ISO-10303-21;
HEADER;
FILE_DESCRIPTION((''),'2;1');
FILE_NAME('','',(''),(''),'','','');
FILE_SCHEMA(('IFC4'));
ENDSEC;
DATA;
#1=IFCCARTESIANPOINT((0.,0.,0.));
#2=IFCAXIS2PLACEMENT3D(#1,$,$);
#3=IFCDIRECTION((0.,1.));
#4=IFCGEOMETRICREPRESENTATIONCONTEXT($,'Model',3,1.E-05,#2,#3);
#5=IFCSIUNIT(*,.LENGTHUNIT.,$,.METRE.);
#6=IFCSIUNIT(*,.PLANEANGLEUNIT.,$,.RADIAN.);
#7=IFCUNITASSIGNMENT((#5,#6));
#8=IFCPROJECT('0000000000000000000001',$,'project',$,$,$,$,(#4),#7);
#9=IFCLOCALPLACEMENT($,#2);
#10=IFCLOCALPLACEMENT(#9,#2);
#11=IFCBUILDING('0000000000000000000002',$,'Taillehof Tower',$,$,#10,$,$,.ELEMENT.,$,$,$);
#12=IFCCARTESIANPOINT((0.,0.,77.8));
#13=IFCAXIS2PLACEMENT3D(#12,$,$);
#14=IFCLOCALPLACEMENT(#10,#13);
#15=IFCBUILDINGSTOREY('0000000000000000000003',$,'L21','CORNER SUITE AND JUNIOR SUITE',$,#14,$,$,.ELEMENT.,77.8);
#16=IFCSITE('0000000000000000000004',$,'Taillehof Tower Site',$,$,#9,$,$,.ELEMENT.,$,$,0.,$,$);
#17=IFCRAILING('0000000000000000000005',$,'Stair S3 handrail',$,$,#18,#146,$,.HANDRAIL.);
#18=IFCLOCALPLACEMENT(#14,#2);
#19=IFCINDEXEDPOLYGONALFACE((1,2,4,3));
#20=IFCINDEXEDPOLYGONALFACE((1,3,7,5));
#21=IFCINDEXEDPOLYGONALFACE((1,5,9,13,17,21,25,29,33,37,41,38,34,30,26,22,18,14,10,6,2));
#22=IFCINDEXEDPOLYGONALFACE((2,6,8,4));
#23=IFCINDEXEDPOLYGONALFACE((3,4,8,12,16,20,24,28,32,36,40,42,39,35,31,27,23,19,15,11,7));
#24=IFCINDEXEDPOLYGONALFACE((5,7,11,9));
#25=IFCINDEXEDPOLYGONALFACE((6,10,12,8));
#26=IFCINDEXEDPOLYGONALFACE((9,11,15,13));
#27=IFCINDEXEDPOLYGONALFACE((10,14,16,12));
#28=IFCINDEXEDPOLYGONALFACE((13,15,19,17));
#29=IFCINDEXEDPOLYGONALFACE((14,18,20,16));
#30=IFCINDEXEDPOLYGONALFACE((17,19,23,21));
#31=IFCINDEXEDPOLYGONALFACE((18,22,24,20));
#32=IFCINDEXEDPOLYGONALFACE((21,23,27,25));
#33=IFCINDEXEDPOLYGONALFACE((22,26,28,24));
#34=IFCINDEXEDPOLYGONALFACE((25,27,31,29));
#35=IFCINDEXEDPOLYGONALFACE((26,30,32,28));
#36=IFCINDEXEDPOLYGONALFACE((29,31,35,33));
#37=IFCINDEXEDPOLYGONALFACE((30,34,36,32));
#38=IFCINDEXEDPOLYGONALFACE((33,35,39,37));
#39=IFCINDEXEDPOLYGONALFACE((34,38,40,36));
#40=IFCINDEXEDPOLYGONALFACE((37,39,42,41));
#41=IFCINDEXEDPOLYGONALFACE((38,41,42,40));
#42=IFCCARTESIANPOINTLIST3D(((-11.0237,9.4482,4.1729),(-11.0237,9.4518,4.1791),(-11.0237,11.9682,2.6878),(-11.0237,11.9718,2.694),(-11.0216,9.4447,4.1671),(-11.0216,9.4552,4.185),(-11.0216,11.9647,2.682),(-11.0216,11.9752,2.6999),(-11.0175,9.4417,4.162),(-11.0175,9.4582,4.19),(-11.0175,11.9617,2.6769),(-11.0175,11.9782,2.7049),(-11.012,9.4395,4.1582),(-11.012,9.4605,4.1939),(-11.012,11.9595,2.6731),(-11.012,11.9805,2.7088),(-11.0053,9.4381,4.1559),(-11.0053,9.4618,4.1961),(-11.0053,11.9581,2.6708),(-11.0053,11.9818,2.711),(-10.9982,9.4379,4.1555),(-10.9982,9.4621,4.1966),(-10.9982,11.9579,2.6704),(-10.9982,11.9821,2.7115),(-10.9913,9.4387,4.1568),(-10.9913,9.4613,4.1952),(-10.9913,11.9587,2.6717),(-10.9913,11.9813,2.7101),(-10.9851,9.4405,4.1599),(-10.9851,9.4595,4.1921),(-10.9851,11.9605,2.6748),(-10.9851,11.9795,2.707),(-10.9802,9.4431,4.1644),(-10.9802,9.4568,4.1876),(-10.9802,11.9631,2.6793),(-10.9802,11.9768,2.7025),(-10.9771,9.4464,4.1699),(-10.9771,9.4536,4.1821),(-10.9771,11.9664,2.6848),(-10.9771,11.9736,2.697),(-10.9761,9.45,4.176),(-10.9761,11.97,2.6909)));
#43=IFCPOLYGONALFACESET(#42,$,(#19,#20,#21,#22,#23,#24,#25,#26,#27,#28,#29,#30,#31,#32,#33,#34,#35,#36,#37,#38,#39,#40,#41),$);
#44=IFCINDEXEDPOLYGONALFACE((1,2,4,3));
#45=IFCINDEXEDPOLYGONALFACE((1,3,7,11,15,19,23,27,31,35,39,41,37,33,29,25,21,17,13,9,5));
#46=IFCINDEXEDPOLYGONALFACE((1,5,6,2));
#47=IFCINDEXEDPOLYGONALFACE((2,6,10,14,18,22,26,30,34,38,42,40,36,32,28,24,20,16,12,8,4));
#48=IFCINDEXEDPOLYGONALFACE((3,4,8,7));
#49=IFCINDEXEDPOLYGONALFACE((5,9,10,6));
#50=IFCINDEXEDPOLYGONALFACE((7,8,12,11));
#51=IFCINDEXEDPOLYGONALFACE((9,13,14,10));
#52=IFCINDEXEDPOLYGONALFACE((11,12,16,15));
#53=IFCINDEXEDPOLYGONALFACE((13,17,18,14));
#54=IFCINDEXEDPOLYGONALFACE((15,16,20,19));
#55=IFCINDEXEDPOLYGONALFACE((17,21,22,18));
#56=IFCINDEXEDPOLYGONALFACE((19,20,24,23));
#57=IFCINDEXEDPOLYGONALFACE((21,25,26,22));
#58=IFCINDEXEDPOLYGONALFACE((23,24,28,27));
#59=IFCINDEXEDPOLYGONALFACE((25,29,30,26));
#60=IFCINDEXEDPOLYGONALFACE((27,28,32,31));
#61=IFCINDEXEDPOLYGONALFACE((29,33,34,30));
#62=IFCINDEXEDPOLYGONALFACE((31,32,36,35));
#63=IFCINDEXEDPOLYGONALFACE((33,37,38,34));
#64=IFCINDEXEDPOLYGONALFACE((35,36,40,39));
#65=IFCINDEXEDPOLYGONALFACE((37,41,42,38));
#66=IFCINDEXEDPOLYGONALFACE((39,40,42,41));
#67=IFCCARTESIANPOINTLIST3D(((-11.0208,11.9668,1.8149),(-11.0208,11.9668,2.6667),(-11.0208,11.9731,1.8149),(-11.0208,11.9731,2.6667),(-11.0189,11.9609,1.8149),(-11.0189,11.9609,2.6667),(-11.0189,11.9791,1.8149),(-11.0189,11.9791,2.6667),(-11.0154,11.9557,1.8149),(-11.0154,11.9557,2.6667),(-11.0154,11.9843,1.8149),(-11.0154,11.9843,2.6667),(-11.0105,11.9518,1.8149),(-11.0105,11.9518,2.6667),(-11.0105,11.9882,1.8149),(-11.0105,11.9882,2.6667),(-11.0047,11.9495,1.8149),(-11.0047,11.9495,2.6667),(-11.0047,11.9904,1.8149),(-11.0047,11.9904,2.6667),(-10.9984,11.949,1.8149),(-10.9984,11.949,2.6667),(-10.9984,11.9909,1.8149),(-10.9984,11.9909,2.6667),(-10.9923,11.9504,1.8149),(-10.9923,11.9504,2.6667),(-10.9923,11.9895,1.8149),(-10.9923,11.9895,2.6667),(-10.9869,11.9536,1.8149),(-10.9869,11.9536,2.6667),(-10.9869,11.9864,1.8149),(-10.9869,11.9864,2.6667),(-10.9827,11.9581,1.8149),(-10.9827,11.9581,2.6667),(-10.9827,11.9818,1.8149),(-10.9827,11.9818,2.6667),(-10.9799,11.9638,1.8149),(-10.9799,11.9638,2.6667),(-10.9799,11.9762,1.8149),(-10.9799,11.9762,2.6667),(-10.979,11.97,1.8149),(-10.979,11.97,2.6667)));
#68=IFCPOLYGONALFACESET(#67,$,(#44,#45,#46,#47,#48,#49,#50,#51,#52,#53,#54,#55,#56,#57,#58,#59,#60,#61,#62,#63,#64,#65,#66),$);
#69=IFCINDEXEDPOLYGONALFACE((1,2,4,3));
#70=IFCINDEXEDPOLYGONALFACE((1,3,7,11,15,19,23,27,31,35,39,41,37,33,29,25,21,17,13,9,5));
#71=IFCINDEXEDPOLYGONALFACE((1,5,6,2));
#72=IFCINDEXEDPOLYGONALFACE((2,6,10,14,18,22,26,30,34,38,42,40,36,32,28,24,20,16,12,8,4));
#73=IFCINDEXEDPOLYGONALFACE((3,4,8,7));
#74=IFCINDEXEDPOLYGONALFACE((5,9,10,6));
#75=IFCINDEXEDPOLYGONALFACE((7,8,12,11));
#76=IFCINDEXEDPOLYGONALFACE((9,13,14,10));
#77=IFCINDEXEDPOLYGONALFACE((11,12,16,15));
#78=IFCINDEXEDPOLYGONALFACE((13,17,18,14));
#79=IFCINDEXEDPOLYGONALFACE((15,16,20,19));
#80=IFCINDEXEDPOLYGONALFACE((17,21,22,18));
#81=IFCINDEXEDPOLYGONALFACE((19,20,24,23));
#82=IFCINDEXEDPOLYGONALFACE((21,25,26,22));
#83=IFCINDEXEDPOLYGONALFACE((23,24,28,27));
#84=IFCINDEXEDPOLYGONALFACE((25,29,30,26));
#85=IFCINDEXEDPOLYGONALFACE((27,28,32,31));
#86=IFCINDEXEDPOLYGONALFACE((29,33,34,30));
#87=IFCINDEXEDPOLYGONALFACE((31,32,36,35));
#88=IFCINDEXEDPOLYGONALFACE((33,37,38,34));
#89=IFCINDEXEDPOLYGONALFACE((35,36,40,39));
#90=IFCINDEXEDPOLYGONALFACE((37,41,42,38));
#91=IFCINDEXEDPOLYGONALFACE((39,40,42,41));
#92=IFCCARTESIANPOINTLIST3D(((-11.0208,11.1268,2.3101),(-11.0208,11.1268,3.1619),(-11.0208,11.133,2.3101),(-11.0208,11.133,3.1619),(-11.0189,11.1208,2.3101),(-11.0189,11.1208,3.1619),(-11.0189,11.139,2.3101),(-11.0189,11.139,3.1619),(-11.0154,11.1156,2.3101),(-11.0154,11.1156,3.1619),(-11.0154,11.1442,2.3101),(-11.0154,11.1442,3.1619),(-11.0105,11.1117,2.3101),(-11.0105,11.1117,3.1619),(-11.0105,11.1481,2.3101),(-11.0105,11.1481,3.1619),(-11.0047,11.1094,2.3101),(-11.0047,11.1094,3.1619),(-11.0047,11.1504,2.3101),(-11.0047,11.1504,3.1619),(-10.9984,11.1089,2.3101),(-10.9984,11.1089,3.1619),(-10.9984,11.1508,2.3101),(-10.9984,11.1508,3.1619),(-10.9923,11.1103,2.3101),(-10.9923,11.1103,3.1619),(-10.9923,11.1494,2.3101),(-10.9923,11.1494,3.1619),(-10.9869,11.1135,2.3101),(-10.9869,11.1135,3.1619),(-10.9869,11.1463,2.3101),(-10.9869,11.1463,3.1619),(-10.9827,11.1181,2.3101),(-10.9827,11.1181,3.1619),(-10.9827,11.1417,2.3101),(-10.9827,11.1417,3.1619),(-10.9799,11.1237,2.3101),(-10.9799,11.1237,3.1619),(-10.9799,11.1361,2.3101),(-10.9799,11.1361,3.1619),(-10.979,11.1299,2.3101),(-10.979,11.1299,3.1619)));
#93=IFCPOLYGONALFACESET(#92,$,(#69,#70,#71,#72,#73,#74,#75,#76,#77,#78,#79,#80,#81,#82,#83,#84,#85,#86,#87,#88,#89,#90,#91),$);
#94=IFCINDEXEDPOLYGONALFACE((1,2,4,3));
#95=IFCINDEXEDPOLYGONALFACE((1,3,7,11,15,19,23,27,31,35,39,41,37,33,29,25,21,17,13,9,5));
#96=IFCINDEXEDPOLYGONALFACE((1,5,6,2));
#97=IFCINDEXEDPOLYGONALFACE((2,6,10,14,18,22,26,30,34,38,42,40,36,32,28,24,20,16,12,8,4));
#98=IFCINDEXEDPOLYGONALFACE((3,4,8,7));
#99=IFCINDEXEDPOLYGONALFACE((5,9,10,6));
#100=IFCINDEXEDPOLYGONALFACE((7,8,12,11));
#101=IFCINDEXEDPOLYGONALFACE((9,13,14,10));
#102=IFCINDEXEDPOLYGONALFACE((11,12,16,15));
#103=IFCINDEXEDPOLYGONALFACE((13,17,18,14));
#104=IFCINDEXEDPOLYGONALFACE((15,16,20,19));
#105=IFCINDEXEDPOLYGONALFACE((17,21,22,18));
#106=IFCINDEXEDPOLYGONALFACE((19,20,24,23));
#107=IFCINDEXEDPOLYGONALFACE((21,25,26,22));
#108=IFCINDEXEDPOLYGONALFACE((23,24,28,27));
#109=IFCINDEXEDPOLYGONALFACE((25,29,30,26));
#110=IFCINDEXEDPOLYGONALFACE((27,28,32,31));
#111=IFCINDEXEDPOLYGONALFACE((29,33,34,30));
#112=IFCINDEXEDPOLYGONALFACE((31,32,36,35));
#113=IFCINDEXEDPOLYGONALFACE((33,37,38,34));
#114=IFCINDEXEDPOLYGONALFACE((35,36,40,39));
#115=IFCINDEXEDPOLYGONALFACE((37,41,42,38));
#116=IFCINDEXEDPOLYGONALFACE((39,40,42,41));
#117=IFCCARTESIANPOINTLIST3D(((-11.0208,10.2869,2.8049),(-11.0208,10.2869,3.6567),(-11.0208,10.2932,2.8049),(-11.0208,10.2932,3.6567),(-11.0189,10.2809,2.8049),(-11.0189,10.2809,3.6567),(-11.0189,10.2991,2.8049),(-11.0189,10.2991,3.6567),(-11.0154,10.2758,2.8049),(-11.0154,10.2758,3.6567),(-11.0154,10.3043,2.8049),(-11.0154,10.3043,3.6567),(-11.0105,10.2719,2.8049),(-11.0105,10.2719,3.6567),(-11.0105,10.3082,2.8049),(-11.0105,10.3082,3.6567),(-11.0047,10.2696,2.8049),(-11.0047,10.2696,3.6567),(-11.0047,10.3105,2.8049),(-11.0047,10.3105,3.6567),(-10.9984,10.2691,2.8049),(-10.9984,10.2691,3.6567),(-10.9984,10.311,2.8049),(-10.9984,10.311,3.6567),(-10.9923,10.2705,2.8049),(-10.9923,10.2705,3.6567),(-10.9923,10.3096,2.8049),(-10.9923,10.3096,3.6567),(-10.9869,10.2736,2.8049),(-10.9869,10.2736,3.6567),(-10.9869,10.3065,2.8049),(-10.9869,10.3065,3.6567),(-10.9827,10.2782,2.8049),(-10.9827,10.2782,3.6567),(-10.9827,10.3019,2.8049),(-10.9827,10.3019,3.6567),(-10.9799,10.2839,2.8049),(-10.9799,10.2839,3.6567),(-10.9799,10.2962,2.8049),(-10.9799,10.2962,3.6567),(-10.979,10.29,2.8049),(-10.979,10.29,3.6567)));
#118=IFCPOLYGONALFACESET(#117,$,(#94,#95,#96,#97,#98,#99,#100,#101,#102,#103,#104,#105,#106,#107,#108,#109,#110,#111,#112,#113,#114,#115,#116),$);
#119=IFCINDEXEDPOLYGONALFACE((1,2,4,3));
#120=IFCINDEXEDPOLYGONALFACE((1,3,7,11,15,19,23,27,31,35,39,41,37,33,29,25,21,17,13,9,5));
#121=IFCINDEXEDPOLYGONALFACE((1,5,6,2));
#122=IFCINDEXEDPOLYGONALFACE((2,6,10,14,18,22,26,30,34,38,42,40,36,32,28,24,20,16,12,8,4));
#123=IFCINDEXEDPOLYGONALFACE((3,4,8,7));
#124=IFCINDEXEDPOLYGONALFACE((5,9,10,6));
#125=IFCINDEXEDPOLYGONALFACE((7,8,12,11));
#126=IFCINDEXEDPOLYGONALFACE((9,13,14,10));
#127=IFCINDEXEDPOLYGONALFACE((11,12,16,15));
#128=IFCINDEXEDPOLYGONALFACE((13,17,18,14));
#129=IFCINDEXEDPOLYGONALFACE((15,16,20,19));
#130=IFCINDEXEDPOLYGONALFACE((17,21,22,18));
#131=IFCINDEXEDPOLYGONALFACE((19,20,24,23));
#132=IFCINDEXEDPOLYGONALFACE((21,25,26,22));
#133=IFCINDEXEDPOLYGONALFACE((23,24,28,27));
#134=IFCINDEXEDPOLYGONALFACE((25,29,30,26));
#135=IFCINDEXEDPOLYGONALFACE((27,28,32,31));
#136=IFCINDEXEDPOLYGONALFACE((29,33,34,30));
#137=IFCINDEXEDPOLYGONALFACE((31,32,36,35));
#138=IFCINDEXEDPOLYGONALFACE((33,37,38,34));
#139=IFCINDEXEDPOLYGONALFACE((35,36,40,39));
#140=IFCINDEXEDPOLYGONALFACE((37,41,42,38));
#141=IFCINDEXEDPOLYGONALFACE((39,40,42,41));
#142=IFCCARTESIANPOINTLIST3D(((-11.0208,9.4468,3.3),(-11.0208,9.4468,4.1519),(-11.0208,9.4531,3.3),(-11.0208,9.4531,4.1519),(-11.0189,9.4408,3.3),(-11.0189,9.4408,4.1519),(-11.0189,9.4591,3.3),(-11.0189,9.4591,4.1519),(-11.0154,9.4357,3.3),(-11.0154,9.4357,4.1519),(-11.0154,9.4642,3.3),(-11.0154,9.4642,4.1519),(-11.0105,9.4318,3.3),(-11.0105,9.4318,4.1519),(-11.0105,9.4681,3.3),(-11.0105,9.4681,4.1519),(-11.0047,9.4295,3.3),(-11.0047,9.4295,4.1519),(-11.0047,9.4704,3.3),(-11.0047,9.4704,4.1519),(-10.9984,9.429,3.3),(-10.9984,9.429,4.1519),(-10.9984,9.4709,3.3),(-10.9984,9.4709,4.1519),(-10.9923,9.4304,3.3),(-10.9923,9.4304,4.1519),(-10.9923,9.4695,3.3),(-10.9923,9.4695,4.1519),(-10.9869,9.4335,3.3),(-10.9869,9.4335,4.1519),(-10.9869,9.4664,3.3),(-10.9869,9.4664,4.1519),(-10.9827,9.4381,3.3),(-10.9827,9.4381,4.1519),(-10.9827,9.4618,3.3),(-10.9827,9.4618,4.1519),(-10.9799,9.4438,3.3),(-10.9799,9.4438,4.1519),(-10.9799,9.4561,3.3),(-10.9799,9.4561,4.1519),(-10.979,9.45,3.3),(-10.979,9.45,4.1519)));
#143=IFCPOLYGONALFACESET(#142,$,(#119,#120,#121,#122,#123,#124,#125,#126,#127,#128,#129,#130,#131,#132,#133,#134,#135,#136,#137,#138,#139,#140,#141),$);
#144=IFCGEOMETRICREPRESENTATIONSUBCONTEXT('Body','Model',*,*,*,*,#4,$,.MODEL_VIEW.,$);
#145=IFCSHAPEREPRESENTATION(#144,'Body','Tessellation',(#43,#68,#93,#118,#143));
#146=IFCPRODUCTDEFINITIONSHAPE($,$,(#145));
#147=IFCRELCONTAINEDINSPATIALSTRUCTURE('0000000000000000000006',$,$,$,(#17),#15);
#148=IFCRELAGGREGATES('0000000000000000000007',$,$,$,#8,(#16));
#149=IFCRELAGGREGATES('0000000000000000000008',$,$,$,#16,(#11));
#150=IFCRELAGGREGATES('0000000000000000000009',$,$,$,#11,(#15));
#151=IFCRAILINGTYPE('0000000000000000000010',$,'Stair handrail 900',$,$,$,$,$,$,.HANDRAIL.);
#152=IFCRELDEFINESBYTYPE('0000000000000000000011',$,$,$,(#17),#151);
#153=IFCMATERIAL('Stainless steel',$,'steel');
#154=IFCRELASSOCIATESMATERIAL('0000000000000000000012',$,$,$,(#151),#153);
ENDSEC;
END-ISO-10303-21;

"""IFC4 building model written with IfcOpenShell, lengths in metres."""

from ifc_helpers import new_model, si_unit, direction, frame, origin, origin_2d, place, context, subcontext, project, spatial, circle, extrude, material, type_object, element, save


model = new_model("IFC4")

# Units and contexts
model_context = context("Model", 3, precision=1e-05, world=origin(), true_north=direction((0.0, 1.0)))
body_context = subcontext(model_context, "Body", "Model", "MODEL_VIEW")
ifc_project = project(units=[si_unit("LENGTHUNIT", "METRE"), si_unit("PLANEANGLEUNIT", "RADIAN")], contexts=[model_context])

# Site, building, storey
site_placement = place(None, origin())
site = spatial("IfcSite", under=ifc_project, at=site_placement, Name="Taillehof Tower Site", CompositionType="ELEMENT", RefElevation=0.0)
building_placement = place(site_placement, origin())
building = spatial("IfcBuilding", under=site, at=building_placement, Name="Taillehof Tower", CompositionType="ELEMENT")
storey_placement = place(building_placement, frame((0.0, 0.0, 77.8)))
storey = spatial("IfcBuildingStorey", under=building, at=storey_placement, Name="L21", Description="CORNER SUITE AND JUNIOR SUITE", CompositionType="ELEMENT", Elevation=77.8)

# Railing
ifc_material_1 = material(Name="Stainless steel", Category="steel")
railing_type = type_object("IfcRailingType", Name="Stair handrail 900", PredefinedType="HANDRAIL", material=ifc_material_1)
railing_1_placement = place(storey_placement, frame((-11.0, 11.97, 1.8149)))
element("IfcRailing", 1, at=railing_1_placement, inside=storey, type_object=railing_type, Name="Stair S3 handrail", PredefinedType="HANDRAIL", context=body_context, shape_type="SweptSolid", body=[
    extrude(circle(Radius=0.0239, at=origin_2d()), frame((0.0, 0.0, 0.876), z_axis=(0.0, -0.861524, 0.507717), x_axis=(1.0, 0.0, 0.0)), (0.0, 0.0, 1.0), 2.925),
    extrude(circle(Radius=0.021, at=origin_2d()), origin(), (0.0, 0.0, 1.0), 0.8518),
    extrude(circle(Radius=0.021, at=origin_2d()), frame((0.0, -0.8401, 0.4951)), (0.0, 0.0, 1.0), 0.8518),
    extrude(circle(Radius=0.021, at=origin_2d()), frame((0.0, -1.6799, 0.99)), (0.0, 0.0, 1.0), 0.8518),
    extrude(circle(Radius=0.021, at=origin_2d()), frame((0.0, -2.52, 1.4851)), (0.0, 0.0, 1.0), 0.8518),
])

save(model, "model.ifc")
